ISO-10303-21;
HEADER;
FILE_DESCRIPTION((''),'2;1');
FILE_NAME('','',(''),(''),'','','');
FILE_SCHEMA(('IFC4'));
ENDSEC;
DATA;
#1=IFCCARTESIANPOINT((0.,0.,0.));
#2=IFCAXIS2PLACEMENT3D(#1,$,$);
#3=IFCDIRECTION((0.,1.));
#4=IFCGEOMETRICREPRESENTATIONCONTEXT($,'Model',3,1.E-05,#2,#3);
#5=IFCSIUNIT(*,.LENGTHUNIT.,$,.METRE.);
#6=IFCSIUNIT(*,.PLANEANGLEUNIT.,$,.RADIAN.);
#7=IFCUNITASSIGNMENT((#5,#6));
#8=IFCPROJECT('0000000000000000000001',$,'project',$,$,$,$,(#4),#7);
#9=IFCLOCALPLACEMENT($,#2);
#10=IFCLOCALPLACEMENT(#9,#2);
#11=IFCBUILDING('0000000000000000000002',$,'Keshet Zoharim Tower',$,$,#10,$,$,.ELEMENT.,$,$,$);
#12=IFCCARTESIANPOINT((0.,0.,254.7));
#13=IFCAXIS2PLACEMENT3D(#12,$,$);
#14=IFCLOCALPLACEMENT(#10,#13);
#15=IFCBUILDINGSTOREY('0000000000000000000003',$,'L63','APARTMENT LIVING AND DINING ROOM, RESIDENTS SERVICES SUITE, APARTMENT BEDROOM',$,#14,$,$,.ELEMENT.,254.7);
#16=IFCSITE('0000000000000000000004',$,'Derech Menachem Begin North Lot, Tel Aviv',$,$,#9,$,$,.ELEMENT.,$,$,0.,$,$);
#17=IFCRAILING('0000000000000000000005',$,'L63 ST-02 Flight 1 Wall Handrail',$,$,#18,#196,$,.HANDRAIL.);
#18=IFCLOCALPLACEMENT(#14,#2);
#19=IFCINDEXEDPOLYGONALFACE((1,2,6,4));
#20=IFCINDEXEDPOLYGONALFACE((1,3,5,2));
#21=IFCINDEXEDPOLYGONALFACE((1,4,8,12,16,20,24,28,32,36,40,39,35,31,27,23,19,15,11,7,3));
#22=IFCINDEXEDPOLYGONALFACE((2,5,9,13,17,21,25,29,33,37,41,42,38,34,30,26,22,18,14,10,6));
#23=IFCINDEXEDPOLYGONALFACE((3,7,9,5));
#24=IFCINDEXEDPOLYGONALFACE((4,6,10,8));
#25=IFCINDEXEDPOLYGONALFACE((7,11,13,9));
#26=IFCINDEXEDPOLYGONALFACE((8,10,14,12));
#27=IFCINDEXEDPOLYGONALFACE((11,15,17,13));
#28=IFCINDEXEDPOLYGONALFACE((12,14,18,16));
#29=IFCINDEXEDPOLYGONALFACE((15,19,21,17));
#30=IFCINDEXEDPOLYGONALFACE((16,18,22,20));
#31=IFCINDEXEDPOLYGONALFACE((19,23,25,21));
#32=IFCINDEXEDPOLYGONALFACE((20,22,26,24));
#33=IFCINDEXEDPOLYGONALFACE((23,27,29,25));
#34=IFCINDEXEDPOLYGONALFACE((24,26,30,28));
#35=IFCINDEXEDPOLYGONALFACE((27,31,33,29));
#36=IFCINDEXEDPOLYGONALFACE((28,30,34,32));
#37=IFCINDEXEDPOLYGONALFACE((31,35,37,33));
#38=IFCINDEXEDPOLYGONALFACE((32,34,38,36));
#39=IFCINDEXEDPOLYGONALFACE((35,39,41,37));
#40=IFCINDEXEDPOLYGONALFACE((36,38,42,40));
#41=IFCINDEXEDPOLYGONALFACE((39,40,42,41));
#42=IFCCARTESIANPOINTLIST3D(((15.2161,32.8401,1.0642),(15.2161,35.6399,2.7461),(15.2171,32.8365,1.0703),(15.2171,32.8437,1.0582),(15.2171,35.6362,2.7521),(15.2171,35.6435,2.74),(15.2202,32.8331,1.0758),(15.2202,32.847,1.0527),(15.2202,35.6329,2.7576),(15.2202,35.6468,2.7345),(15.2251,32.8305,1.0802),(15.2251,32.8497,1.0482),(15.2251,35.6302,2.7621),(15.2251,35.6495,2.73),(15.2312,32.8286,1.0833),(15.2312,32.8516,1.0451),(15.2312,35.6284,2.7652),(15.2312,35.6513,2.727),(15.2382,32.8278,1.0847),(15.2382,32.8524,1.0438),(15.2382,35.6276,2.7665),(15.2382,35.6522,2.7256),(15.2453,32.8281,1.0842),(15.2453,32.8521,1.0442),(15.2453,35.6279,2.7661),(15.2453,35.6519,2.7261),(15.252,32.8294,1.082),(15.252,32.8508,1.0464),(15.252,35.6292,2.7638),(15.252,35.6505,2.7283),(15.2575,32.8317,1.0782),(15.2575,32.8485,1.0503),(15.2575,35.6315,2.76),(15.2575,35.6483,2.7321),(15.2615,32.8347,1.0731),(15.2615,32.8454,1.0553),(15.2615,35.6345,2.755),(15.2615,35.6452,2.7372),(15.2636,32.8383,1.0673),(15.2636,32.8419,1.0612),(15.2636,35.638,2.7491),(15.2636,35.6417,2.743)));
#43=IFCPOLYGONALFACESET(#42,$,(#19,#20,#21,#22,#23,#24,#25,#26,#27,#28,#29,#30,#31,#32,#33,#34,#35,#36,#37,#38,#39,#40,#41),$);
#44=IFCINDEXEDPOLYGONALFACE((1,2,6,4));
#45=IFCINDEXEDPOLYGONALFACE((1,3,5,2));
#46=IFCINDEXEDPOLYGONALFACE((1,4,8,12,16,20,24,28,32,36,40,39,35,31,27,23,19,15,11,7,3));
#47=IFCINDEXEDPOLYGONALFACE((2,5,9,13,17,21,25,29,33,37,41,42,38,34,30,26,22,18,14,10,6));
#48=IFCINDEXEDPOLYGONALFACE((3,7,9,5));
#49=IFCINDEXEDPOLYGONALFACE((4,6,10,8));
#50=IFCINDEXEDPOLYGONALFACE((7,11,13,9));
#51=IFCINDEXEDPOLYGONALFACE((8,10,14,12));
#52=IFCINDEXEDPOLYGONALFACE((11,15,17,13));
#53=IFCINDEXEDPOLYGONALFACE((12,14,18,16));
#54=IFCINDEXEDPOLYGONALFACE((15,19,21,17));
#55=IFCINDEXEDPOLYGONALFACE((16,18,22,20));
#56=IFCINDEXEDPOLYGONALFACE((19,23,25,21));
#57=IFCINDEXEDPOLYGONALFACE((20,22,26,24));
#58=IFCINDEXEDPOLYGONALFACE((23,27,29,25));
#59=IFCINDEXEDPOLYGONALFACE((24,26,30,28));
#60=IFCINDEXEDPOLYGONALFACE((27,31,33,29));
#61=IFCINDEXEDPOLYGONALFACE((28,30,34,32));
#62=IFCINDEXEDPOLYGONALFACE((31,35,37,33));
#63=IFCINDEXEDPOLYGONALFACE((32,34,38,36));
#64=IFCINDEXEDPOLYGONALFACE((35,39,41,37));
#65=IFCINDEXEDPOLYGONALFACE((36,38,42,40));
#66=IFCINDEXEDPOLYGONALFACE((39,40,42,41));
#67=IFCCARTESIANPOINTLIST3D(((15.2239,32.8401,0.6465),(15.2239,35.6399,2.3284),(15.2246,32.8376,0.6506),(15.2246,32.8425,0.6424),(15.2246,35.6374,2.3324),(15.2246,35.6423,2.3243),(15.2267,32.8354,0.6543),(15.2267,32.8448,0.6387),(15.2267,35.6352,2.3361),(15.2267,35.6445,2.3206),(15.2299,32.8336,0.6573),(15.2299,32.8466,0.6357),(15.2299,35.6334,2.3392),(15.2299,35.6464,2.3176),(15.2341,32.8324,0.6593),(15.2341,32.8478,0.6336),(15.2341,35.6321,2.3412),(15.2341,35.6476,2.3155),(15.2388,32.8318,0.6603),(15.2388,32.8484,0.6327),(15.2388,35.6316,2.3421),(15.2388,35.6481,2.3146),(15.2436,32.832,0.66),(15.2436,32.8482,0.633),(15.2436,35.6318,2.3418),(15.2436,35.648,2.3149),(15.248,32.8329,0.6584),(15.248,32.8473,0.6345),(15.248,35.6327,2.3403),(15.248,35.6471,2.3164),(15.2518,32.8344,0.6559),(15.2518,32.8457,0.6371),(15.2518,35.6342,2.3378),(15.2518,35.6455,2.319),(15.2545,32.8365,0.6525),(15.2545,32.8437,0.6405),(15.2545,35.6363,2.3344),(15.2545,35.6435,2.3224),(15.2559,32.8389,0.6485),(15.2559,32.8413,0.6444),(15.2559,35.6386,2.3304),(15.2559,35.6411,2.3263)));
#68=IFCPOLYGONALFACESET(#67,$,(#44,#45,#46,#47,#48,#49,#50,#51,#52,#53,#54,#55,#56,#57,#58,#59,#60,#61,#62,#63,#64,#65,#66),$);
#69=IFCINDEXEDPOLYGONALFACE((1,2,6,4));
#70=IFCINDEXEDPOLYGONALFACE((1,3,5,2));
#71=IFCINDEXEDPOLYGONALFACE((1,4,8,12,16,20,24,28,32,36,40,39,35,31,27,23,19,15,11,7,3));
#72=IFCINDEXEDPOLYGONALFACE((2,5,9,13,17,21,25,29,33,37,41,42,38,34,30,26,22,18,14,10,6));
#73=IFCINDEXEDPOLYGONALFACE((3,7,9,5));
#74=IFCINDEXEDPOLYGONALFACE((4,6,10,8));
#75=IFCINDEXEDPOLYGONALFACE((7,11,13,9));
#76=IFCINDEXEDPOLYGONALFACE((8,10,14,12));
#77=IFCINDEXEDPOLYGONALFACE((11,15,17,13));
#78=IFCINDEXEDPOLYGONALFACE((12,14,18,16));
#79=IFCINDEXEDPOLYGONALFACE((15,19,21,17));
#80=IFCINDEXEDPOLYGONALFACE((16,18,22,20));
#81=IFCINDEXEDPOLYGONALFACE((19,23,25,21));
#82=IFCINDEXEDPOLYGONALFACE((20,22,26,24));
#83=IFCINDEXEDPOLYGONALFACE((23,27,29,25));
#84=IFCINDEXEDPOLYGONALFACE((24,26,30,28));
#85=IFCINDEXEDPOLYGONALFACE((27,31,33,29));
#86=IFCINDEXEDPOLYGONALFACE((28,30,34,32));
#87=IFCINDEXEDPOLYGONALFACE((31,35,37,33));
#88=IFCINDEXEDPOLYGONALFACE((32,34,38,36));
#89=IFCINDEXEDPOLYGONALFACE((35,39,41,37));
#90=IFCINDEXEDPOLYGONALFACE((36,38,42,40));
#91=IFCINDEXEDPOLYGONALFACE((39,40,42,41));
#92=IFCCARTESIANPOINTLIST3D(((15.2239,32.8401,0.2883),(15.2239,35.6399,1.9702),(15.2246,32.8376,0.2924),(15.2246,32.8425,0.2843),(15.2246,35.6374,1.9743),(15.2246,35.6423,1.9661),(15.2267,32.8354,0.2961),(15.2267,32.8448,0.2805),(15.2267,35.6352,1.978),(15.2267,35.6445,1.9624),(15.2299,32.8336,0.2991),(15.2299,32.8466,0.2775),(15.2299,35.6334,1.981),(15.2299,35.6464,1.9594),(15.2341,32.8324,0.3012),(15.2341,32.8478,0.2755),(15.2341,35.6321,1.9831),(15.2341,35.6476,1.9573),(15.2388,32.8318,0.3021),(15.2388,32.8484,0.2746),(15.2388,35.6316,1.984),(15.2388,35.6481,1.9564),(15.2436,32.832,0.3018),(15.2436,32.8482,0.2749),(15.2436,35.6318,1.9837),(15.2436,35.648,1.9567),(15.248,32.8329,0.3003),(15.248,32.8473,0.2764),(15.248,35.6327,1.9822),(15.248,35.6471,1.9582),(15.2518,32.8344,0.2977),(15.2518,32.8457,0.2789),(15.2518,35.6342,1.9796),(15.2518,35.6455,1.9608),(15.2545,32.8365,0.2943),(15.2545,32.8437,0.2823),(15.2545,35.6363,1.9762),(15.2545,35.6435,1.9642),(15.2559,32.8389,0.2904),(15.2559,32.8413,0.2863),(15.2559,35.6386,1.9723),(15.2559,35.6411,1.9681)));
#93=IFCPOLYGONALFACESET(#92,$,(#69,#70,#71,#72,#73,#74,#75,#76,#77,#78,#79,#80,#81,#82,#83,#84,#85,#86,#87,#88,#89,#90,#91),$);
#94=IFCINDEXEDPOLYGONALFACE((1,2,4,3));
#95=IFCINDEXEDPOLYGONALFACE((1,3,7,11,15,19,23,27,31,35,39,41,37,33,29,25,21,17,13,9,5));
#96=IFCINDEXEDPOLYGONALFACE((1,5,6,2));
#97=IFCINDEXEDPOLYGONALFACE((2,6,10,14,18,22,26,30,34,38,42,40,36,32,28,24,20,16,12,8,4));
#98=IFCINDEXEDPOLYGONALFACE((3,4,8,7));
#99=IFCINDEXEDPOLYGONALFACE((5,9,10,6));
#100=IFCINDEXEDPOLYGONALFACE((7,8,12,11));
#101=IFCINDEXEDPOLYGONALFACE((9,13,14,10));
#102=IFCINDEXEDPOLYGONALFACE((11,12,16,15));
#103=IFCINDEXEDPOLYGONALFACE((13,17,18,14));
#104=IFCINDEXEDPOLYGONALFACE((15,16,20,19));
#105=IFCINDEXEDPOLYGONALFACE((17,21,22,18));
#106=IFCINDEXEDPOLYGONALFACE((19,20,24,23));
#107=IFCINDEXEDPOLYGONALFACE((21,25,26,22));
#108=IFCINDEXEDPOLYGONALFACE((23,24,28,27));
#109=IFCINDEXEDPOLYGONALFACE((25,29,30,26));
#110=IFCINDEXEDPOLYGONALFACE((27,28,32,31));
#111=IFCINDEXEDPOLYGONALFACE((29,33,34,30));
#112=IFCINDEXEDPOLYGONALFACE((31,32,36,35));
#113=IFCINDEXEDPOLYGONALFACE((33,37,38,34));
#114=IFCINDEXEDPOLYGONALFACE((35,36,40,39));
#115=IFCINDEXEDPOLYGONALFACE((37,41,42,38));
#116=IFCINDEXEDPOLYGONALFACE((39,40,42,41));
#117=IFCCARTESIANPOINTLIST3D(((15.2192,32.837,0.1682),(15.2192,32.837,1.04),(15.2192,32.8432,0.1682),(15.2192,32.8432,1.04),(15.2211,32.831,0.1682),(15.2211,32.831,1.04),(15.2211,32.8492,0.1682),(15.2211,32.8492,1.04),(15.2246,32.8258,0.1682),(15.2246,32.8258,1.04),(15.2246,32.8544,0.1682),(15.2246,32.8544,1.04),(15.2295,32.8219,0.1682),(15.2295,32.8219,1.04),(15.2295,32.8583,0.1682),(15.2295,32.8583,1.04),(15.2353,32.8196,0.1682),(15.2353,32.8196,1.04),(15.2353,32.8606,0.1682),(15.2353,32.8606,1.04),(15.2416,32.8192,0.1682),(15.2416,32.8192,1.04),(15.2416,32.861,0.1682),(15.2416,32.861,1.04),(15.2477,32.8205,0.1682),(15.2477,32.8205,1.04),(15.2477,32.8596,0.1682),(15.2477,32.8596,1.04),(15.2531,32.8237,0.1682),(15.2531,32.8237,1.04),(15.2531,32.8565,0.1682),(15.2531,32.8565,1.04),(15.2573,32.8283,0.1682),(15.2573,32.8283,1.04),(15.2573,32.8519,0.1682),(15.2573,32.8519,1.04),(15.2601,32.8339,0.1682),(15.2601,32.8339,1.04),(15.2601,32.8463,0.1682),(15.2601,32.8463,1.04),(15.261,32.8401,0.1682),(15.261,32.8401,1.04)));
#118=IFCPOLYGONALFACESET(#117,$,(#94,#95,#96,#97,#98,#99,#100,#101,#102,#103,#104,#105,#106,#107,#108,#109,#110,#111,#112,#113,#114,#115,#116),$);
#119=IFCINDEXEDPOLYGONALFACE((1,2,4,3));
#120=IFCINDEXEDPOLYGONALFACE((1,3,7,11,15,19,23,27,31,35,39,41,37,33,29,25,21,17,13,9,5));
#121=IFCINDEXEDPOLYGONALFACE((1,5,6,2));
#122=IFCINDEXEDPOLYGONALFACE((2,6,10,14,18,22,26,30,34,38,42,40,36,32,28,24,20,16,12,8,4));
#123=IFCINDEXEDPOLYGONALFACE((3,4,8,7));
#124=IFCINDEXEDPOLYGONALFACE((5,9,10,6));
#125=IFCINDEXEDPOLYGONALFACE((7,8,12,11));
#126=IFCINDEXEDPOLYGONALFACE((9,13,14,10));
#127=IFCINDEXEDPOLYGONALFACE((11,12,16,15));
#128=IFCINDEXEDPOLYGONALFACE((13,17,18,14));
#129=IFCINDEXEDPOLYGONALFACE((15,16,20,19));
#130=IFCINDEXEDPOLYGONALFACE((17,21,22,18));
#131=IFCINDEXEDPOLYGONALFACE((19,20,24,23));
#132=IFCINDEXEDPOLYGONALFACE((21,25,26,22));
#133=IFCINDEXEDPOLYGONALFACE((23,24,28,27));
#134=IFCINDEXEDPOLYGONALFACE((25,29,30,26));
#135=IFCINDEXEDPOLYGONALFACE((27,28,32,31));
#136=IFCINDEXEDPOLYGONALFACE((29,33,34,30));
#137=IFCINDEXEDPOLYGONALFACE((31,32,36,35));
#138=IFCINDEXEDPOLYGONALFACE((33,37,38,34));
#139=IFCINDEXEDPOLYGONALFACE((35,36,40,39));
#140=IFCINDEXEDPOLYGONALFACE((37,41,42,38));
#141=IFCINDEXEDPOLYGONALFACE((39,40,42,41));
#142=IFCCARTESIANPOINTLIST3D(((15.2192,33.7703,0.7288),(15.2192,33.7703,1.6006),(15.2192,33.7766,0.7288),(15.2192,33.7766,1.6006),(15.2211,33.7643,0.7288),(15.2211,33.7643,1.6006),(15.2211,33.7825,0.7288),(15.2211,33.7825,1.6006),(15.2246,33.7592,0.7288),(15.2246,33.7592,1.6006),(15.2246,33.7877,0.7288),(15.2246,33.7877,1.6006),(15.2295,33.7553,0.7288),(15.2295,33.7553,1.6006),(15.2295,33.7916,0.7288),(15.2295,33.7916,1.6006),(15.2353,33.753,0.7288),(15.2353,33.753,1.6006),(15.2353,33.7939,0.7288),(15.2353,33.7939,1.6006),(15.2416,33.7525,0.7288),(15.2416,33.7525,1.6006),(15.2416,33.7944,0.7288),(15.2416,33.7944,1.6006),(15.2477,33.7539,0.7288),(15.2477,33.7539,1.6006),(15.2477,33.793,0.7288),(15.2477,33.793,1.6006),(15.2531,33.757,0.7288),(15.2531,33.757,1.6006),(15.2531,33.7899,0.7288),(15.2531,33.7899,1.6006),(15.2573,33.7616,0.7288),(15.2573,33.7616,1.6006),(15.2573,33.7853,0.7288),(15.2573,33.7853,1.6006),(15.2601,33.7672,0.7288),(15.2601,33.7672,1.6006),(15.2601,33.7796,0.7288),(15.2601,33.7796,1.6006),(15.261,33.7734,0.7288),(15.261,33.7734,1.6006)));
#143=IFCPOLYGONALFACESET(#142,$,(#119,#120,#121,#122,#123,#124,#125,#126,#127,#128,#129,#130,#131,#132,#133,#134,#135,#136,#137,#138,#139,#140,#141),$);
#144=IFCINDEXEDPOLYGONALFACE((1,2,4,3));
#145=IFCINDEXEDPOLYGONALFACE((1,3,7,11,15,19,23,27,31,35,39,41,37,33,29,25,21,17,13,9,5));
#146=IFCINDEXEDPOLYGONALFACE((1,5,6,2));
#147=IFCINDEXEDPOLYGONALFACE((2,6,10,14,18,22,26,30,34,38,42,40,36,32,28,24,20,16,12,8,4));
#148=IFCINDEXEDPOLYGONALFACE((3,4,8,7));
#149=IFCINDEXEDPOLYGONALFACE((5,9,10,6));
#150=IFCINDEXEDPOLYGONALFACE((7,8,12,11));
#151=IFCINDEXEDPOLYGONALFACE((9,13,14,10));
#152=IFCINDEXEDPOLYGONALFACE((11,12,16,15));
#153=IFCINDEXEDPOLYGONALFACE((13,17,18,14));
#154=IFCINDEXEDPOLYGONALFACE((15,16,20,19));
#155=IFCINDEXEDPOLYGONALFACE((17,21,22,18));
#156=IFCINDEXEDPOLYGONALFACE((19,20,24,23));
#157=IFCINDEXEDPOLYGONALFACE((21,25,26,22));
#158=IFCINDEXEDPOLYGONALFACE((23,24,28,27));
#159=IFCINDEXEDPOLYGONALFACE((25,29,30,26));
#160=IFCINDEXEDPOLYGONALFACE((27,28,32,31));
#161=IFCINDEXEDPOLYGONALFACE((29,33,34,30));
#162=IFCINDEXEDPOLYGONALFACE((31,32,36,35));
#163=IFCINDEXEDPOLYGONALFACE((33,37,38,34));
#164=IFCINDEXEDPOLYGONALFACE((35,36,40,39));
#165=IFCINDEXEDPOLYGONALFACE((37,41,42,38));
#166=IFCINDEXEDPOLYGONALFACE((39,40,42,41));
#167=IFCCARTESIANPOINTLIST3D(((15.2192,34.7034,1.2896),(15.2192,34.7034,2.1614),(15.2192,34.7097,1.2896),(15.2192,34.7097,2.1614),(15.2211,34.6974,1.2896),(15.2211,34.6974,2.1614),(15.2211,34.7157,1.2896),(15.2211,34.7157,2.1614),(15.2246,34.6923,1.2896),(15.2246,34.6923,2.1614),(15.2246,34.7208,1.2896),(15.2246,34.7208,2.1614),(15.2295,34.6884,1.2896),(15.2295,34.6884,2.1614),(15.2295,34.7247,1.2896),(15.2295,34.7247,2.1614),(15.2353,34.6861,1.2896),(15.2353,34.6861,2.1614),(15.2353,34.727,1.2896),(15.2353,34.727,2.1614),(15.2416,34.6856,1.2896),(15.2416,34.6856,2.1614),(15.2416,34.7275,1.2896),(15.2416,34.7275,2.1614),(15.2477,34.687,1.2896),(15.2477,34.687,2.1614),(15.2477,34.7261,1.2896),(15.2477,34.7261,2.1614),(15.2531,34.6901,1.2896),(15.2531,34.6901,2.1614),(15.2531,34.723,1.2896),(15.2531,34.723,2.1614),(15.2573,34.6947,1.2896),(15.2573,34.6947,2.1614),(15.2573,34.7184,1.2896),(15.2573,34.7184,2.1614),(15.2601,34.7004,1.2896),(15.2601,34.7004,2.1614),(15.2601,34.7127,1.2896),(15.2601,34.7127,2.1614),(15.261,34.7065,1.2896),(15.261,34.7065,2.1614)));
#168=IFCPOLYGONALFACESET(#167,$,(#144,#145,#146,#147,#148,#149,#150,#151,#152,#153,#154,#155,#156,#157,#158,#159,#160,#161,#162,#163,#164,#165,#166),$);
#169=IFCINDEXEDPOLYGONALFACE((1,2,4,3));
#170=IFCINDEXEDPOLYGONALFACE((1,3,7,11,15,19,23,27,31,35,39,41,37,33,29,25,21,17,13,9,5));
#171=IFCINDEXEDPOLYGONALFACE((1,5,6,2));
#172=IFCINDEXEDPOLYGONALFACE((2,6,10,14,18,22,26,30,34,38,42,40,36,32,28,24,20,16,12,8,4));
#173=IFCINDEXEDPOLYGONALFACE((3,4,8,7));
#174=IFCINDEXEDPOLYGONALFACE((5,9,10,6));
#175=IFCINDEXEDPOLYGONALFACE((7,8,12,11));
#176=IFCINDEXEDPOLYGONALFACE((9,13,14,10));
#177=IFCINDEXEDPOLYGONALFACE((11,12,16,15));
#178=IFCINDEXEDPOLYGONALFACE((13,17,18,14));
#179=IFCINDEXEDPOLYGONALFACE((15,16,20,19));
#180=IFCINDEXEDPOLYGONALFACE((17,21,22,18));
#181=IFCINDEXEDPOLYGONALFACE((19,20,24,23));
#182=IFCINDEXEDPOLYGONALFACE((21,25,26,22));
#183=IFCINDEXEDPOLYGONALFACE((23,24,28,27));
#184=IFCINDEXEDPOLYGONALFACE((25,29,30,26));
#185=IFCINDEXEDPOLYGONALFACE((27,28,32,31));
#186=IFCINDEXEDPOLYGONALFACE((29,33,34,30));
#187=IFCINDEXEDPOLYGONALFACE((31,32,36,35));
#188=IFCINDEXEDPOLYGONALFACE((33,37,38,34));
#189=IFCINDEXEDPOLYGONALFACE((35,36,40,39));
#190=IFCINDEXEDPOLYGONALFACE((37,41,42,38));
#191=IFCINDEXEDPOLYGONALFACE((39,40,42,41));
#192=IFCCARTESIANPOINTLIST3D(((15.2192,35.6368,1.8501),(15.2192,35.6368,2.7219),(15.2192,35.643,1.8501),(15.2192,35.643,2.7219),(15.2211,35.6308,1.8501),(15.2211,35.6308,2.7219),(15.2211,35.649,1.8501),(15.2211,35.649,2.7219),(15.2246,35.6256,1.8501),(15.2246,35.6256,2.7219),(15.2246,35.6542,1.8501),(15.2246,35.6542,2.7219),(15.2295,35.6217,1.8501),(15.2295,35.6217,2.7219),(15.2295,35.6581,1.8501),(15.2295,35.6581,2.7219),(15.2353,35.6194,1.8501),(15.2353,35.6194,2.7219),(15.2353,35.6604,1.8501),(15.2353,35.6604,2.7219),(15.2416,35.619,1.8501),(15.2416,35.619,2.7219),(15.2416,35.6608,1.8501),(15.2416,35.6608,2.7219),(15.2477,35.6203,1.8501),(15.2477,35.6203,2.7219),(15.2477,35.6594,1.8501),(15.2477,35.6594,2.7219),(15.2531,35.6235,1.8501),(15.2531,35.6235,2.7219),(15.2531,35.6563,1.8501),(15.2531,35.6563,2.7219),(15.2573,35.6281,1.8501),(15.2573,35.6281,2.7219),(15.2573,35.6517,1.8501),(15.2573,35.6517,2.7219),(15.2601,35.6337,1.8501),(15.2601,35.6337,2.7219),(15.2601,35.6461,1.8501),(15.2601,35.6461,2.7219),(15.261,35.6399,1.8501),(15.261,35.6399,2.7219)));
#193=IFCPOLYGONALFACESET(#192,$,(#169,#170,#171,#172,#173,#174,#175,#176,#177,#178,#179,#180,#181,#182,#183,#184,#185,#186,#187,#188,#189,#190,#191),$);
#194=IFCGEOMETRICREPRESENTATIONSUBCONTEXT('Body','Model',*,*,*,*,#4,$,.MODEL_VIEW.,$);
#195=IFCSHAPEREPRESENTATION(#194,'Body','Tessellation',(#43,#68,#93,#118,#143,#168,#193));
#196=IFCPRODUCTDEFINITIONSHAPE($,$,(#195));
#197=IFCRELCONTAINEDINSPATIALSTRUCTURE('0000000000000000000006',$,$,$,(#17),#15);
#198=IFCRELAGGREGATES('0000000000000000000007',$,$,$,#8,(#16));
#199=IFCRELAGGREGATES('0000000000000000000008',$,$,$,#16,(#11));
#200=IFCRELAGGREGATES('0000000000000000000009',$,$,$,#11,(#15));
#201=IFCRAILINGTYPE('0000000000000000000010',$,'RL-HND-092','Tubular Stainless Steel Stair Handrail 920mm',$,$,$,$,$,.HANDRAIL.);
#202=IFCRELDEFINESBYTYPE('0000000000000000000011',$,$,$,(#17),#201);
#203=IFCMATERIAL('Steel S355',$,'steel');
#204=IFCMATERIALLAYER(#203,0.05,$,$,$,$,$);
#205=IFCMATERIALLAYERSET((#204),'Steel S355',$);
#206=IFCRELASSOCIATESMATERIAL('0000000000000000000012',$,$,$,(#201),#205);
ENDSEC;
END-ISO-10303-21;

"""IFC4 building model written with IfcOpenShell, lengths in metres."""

from ifc_helpers import new_model, si_unit, direction, frame, origin, origin_2d, place, context, subcontext, project, spatial, circle, extrude, material, layer, layer_set, type_object, element, save


model = new_model("IFC4")

# Units and contexts
model_context = context("Model", 3, precision=1e-05, world=origin(), true_north=direction((0.0, 1.0)))
body_context = subcontext(model_context, "Body", "Model", "MODEL_VIEW")
ifc_project = project(units=[si_unit("LENGTHUNIT", "METRE"), si_unit("PLANEANGLEUNIT", "RADIAN")], contexts=[model_context])

# Site, building, storey
site_placement = place(None, origin())
site = spatial("IfcSite", under=ifc_project, at=site_placement, Name="Derech Menachem Begin North Lot, Tel Aviv", CompositionType="ELEMENT", RefElevation=0.0)
building_placement = place(site_placement, origin())
building = spatial("IfcBuilding", under=site, at=building_placement, Name="Keshet Zoharim Tower", CompositionType="ELEMENT")
storey_placement = place(building_placement, frame((0.0, 0.0, 254.7)))
storey = spatial("IfcBuildingStorey", under=building, at=storey_placement, Name="L63", Description="APARTMENT LIVING AND DINING ROOM, RESIDENTS SERVICES SUITE, APARTMENT BEDROOM", CompositionType="ELEMENT", Elevation=254.7)

# Shared definitions
ifc_material_1 = material(Name="Steel S355", Category="steel")

# Railing
ifc_layer_1 = layer(ifc_material_1, 0.05)
ifc_layer_set_1 = layer_set([ifc_layer_1], Name="Steel S355")
railing_type_1 = type_object("IfcRailingType", Name="RL-HND-092", Description="Tubular Stainless Steel Stair Handrail 920mm", PredefinedType="HANDRAIL", material=ifc_layer_set_1)
railing_1_placement = place(storey_placement, frame((15.24, 32.8401, 0.1682)))
element("IfcRailing", 1, at=railing_1_placement, inside=storey, type_object=railing_type_1, Name="L63 ST-02 Flight 1 Wall Handrail", PredefinedType="HANDRAIL", context=body_context, shape_type="SweptSolid", body=[
    extrude(circle(Radius=0.0239, at=origin_2d()), frame((0.0, 0.0, 0.896), z_axis=(0.0, 0.857222, 0.514946), x_axis=(-1.0, 0.0, 0.0)), (0.0, 0.0, 1.0), 3.2661),
    extrude(circle(Radius=0.0161, at=origin_2d()), frame((0.0, 0.0, 0.4783), z_axis=(0.0, 0.857222, 0.514946), x_axis=(-1.0, 0.0, 0.0)), (0.0, 0.0, 1.0), 3.2661),
    extrude(circle(Radius=0.0161, at=origin_2d()), frame((0.0, 0.0, 0.1201), z_axis=(0.0, 0.857222, 0.514946), x_axis=(-1.0, 0.0, 0.0)), (0.0, 0.0, 1.0), 3.2661),
    extrude(circle(Radius=0.021, at=origin_2d()), origin(), (0.0, 0.0, 1.0), 0.8718),
    extrude(circle(Radius=0.021, at=origin_2d()), frame((0.0, 0.9333, 0.5605)), (0.0, 0.0, 1.0), 0.8718),
    extrude(circle(Radius=0.021, at=origin_2d()), frame((0.0, 1.8665, 1.1213)), (0.0, 0.0, 1.0), 0.8718),
    extrude(circle(Radius=0.021, at=origin_2d()), frame((0.0, 2.7998, 1.6819)), (0.0, 0.0, 1.0), 0.8718),
])

save(model, "model.ifc")
